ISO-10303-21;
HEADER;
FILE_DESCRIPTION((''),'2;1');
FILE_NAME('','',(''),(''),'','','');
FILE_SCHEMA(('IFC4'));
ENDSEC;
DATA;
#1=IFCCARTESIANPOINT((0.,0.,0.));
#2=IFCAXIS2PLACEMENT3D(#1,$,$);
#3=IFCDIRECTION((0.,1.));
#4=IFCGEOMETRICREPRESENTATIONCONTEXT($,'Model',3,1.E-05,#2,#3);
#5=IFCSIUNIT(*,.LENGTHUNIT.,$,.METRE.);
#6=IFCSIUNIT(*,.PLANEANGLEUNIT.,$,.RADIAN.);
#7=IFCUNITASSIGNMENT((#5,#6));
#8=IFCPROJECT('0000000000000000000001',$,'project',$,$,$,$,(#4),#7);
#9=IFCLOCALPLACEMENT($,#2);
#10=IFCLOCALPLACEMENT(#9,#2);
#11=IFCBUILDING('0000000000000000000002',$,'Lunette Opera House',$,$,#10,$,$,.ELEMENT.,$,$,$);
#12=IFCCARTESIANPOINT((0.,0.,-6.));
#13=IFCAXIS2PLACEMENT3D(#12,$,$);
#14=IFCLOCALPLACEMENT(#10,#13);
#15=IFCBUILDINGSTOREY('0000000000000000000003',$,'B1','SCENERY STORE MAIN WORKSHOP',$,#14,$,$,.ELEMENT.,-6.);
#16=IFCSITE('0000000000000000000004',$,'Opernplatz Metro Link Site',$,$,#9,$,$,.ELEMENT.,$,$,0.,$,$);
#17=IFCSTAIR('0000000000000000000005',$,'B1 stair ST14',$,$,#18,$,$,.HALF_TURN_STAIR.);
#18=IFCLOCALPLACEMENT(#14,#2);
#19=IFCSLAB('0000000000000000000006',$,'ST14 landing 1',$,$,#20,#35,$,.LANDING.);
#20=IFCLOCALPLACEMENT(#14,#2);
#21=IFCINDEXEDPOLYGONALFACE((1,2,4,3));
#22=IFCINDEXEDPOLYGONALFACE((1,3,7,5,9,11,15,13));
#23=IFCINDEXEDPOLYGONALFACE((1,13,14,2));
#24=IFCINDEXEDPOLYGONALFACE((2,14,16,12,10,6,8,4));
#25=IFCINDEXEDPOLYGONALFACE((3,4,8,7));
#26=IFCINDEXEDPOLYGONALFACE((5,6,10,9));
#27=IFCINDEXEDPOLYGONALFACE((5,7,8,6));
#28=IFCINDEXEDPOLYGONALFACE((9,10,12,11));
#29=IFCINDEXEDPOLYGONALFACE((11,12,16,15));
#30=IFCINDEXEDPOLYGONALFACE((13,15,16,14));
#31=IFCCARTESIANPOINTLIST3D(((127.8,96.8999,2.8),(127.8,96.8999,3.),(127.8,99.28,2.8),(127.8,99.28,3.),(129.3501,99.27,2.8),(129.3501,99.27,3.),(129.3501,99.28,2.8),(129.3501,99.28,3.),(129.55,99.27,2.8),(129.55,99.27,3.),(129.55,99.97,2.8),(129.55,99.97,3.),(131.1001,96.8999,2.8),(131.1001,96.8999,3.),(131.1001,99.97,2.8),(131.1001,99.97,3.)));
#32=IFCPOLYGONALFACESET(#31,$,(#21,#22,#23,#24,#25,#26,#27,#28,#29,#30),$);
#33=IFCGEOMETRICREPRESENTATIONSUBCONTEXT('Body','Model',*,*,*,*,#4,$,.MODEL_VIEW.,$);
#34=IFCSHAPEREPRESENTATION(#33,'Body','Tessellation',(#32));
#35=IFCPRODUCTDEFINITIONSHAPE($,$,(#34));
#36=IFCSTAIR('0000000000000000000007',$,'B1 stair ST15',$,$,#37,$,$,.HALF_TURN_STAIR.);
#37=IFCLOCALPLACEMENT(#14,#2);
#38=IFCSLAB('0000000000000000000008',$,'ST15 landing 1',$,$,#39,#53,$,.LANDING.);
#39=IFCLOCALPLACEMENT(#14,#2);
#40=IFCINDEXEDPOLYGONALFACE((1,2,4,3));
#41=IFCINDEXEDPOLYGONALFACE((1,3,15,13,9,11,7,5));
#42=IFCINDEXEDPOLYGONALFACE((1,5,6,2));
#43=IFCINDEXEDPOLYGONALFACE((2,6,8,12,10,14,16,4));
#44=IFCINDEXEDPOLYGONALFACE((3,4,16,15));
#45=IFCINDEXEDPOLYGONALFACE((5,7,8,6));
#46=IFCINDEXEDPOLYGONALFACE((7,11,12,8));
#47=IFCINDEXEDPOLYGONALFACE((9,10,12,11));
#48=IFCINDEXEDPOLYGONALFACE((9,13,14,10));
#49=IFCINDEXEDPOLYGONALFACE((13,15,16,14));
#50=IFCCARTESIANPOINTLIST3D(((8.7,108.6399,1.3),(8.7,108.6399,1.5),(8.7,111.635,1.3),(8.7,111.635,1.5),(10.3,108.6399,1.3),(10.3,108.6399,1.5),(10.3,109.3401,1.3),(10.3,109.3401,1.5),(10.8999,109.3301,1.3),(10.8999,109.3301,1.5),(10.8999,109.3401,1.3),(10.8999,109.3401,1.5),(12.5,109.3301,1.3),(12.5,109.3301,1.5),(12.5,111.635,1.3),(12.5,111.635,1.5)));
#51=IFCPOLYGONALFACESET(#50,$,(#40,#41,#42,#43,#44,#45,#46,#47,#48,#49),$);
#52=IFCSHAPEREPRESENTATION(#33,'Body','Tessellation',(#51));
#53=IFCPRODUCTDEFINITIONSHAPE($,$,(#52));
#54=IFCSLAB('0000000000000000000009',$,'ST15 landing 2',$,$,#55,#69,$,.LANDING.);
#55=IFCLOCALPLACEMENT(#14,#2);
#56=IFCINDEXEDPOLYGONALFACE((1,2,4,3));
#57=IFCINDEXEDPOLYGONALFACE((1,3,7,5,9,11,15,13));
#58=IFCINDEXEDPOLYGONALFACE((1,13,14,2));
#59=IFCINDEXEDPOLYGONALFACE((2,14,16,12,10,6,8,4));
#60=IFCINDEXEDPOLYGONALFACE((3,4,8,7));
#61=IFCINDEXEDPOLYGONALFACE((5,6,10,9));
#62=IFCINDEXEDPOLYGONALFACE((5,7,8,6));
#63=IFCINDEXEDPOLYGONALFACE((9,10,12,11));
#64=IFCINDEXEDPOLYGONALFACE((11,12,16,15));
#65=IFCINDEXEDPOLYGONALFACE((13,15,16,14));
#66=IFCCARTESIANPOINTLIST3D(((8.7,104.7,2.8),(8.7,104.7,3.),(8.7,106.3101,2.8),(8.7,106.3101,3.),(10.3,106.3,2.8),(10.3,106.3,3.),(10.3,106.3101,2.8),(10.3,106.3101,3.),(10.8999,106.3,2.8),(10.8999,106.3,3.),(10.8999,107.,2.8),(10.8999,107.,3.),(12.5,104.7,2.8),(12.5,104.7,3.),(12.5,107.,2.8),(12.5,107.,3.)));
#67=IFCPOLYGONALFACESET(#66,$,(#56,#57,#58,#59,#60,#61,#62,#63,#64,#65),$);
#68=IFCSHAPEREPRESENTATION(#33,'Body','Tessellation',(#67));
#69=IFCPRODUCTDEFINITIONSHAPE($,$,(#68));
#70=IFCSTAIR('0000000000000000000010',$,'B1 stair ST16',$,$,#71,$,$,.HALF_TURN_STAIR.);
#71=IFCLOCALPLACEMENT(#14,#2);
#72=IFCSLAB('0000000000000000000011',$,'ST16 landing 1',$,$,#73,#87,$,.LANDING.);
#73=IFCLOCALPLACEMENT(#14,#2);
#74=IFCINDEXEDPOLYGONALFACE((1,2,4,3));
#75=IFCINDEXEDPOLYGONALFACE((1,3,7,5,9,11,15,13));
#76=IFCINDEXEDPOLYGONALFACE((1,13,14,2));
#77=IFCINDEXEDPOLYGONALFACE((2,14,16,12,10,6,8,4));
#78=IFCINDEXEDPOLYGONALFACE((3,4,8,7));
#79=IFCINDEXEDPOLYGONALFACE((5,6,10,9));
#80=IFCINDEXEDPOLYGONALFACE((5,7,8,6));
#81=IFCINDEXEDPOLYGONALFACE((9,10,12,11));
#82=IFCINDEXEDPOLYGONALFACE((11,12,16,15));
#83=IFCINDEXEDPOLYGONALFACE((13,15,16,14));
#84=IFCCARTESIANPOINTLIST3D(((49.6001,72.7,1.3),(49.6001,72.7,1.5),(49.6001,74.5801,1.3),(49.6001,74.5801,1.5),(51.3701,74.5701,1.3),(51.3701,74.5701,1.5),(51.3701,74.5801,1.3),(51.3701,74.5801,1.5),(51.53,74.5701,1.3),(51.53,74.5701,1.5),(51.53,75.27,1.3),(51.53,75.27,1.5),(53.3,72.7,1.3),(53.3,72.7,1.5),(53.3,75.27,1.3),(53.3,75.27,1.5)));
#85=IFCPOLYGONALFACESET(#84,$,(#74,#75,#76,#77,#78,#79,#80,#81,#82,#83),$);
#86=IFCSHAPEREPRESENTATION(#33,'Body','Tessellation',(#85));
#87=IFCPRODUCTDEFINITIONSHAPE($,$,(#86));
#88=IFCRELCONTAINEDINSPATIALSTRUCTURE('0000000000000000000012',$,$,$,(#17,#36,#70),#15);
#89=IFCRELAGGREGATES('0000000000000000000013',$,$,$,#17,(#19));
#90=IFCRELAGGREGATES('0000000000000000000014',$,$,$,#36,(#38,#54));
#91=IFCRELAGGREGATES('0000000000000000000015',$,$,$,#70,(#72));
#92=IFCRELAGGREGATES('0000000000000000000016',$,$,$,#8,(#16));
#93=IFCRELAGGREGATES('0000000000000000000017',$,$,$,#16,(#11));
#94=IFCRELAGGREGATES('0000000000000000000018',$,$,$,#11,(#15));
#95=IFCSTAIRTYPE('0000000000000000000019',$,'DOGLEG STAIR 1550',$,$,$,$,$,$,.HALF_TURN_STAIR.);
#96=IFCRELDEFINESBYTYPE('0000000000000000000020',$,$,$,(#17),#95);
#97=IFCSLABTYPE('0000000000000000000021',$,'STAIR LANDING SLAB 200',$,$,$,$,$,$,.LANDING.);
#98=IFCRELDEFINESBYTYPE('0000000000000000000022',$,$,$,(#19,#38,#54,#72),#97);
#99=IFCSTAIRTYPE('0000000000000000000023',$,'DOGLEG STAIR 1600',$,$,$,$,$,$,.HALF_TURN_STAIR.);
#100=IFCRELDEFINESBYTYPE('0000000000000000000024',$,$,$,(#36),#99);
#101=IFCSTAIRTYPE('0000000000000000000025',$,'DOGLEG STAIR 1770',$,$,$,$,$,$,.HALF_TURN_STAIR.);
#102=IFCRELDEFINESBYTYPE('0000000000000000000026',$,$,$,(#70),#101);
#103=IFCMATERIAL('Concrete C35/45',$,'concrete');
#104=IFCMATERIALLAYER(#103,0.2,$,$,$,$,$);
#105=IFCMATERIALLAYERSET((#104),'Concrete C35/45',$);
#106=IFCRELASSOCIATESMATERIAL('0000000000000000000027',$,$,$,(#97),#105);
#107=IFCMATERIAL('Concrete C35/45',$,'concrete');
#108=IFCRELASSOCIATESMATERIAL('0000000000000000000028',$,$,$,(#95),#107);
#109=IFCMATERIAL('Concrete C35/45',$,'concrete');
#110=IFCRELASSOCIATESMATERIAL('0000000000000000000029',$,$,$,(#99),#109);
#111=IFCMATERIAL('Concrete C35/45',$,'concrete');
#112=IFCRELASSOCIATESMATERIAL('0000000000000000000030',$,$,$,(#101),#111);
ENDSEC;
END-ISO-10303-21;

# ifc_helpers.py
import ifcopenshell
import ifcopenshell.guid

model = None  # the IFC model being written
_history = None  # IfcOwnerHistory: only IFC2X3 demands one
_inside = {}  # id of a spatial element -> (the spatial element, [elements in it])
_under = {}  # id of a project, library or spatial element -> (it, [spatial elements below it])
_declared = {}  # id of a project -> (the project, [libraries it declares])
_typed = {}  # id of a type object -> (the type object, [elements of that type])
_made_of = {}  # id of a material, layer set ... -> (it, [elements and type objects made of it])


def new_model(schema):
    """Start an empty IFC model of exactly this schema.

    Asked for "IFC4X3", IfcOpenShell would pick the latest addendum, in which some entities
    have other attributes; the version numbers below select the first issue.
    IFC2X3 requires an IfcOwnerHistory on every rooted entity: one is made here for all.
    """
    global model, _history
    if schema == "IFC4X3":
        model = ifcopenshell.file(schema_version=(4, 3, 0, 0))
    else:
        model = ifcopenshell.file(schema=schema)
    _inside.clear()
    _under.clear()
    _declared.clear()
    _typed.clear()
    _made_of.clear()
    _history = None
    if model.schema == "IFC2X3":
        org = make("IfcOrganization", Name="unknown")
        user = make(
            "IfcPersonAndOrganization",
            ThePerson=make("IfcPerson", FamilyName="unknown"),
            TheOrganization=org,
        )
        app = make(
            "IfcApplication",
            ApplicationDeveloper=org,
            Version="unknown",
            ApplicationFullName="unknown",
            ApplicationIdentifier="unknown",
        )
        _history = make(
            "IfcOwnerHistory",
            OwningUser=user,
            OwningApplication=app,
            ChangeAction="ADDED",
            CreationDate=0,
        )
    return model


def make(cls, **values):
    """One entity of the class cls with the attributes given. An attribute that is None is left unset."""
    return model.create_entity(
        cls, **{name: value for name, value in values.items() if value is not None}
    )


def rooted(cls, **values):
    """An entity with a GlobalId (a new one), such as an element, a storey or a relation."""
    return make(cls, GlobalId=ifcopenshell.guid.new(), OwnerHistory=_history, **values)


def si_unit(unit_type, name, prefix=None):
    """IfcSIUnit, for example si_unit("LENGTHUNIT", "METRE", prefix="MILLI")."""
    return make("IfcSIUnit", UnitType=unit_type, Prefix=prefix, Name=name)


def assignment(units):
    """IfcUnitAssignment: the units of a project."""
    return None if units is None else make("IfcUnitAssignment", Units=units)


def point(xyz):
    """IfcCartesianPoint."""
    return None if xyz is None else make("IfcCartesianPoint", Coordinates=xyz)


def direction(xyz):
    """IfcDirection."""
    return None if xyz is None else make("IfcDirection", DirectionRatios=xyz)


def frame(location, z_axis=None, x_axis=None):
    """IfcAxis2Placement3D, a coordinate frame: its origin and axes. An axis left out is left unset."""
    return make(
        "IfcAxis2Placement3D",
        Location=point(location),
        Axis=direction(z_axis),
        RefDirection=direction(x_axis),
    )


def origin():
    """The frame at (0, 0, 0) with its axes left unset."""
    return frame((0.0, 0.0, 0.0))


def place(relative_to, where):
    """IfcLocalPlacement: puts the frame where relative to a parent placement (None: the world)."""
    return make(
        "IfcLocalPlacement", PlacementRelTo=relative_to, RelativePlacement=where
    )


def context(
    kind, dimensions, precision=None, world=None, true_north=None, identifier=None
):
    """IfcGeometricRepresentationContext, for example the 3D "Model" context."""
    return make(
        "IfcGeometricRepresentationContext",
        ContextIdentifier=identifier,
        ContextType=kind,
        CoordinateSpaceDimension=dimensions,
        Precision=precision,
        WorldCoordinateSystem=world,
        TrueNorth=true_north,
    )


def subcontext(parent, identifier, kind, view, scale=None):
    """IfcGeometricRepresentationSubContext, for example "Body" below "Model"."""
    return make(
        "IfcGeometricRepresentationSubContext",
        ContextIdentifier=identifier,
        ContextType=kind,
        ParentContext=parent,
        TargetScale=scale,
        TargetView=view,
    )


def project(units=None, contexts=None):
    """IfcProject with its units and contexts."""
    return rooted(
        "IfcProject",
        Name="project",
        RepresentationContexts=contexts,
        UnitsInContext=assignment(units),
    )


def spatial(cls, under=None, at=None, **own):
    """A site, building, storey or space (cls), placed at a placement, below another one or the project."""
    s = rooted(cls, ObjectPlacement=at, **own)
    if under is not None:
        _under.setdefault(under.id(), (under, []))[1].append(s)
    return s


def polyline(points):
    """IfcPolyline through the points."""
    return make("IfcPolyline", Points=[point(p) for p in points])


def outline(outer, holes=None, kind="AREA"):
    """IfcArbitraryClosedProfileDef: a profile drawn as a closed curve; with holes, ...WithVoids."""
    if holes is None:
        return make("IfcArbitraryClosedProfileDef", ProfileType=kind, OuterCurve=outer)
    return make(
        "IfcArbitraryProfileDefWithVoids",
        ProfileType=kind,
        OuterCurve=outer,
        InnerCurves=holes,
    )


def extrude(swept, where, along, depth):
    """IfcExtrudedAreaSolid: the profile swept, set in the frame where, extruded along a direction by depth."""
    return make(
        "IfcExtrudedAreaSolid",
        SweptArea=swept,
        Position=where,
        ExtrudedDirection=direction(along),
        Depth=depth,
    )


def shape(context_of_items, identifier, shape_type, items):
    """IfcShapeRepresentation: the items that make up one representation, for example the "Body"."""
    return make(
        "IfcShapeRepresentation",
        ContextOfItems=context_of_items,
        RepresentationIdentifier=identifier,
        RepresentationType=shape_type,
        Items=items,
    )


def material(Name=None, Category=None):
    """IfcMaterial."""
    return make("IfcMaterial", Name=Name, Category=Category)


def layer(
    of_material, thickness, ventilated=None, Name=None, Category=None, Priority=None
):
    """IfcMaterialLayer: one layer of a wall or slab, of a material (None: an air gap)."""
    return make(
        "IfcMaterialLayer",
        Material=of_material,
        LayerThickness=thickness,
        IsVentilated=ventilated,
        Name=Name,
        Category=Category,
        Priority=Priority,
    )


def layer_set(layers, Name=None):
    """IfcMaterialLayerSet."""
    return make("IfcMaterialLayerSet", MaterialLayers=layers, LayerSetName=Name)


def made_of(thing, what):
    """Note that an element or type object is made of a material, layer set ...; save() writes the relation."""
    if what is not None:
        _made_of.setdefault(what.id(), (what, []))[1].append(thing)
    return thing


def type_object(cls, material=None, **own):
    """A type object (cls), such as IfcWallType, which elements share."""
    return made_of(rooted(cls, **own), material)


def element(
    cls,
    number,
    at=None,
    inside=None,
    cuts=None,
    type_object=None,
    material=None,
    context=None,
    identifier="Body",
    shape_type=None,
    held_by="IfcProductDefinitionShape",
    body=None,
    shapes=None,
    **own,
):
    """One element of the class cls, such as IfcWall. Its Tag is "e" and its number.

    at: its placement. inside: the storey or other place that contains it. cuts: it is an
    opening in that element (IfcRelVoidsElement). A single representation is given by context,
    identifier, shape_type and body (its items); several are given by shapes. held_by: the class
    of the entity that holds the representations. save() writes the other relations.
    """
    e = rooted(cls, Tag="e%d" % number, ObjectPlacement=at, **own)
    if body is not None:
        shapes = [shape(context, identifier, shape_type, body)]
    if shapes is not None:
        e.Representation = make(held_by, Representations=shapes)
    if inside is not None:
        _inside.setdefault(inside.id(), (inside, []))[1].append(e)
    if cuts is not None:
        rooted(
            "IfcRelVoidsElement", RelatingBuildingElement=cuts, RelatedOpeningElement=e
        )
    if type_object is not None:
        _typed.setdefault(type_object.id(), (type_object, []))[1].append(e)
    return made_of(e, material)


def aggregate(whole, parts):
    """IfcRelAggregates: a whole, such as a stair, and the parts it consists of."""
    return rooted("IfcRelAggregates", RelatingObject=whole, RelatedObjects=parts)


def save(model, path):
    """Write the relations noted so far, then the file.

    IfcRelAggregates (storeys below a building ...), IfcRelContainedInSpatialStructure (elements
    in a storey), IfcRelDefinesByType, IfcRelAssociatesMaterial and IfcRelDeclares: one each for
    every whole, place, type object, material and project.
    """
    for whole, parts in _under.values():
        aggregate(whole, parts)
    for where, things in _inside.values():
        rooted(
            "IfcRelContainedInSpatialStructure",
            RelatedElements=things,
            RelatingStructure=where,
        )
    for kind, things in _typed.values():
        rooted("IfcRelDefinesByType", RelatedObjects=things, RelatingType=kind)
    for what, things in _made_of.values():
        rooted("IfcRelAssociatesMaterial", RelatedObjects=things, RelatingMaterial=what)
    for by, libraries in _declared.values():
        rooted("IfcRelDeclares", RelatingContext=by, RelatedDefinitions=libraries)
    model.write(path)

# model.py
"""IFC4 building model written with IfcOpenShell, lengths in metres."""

from ifc_helpers import new_model, si_unit, direction, frame, origin, place, context, subcontext, project, spatial, polyline, outline, extrude, material, layer, layer_set, type_object, element, aggregate, save


model = new_model("IFC4")

# Units and contexts
model_context = context("Model", 3, precision=1e-05, world=origin(), true_north=direction((0.0, 1.0)))
body_context = subcontext(model_context, "Body", "Model", "MODEL_VIEW")
ifc_project = project(units=[si_unit("LENGTHUNIT", "METRE"), si_unit("PLANEANGLEUNIT", "RADIAN")], contexts=[model_context])

# Site, building, storey
site_placement = place(None, origin())
site = spatial("IfcSite", under=ifc_project, at=site_placement, Name="Opernplatz Metro Link Site", CompositionType="ELEMENT", RefElevation=0.0)
building_placement = place(site_placement, origin())
building = spatial("IfcBuilding", under=site, at=building_placement, Name="Lunette Opera House", CompositionType="ELEMENT")
storey_placement = place(building_placement, frame((0.0, 0.0, -6.0)))
storey = spatial("IfcBuildingStorey", under=building, at=storey_placement, Name="B1", Description="SCENERY STORE MAIN WORKSHOP", CompositionType="ELEMENT", Elevation=-6.0)

# Stair, slab
ifc_material_1 = material(Name="Concrete C35/45", Category="concrete")
ifc_layer_1 = layer(ifc_material_1, 0.2)
ifc_layer_set_1 = layer_set([ifc_layer_1], Name="Concrete C35/45")
slab_type_1 = type_object("IfcSlabType", Name="STAIR LANDING SLAB 200", PredefinedType="LANDING", material=ifc_layer_set_1)
ifc_material_2 = material(Name="Concrete C35/45", Category="concrete")
stair_type_1 = type_object("IfcStairType", Name="DOGLEG STAIR 1550", PredefinedType="HALF_TURN_STAIR", material=ifc_material_2)
stair_1_placement = place(storey_placement, origin())
stair_1 = element("IfcStair", 1, at=stair_1_placement, inside=storey, type_object=stair_type_1, Name="B1 stair ST14", PredefinedType="HALF_TURN_STAIR")
slab_1_placement = place(storey_placement, frame((0.0, 0.0, 2.8)))
slab_1 = element("IfcSlab", 2, at=slab_1_placement, type_object=slab_type_1, Name="ST14 landing 1", PredefinedType="LANDING", context=body_context, shape_type="SweptSolid", body=[
    extrude(outline(polyline([(127.8, 96.8999), (127.8, 99.28), (129.3501, 99.28), (129.3501, 99.27), (129.55, 99.27), (129.55, 99.97), (131.1001, 99.97), (131.1001, 96.8999), (127.8, 96.8999)])), origin(), (0.0, 0.0, 1.0), 0.2),
])
aggregate(stair_1, [slab_1])

# Stair, slabs
ifc_material_3 = material(Name="Concrete C35/45", Category="concrete")
stair_type_2 = type_object("IfcStairType", Name="DOGLEG STAIR 1600", PredefinedType="HALF_TURN_STAIR", material=ifc_material_3)
stair_2_placement = place(storey_placement, origin())
stair_2 = element("IfcStair", 3, at=stair_2_placement, inside=storey, type_object=stair_type_2, Name="B1 stair ST15", PredefinedType="HALF_TURN_STAIR")
slab_2_placement = place(storey_placement, frame((0.0, 0.0, 1.3)))
slab_2 = element("IfcSlab", 4, at=slab_2_placement, type_object=slab_type_1, Name="ST15 landing 1", PredefinedType="LANDING", context=body_context, shape_type="SweptSolid", body=[
    extrude(outline(polyline([(12.5, 109.3301), (10.8999, 109.3301), (10.8999, 109.3401), (10.3, 109.3401), (10.3, 108.6399), (8.7, 108.6399), (8.7, 111.635), (12.5, 111.635), (12.5, 109.3301)])), origin(), (0.0, 0.0, 1.0), 0.2),
])
slab_3_placement = place(storey_placement, frame((0.0, 0.0, 2.8)))
slab_3 = element("IfcSlab", 5, at=slab_3_placement, type_object=slab_type_1, Name="ST15 landing 2", PredefinedType="LANDING", context=body_context, shape_type="SweptSolid", body=[
    extrude(outline(polyline([(8.7, 104.7), (8.7, 106.3101), (10.3, 106.3101), (10.3, 106.3), (10.8999, 106.3), (10.8999, 107.0), (12.5, 107.0), (12.5, 104.7), (8.7, 104.7)])), origin(), (0.0, 0.0, 1.0), 0.2),
])
aggregate(stair_2, [slab_2, slab_3])

# Stair, slab
ifc_material_4 = material(Name="Concrete C35/45", Category="concrete")
stair_type_3 = type_object("IfcStairType", Name="DOGLEG STAIR 1770", PredefinedType="HALF_TURN_STAIR", material=ifc_material_4)
stair_3_placement = place(storey_placement, origin())
stair_3 = element("IfcStair", 6, at=stair_3_placement, inside=storey, type_object=stair_type_3, Name="B1 stair ST16", PredefinedType="HALF_TURN_STAIR")
slab_4_placement = place(storey_placement, frame((0.0, 0.0, 1.3)))
slab_4 = element("IfcSlab", 7, at=slab_4_placement, type_object=slab_type_1, Name="ST16 landing 1", PredefinedType="LANDING", context=body_context, shape_type="SweptSolid", body=[
    extrude(outline(polyline([(49.6001, 72.7), (49.6001, 74.5801), (51.3701, 74.5801), (51.3701, 74.5701), (51.53, 74.5701), (51.53, 75.27), (53.3, 75.27), (53.3, 72.7), (49.6001, 72.7)])), origin(), (0.0, 0.0, 1.0), 0.2),
])
aggregate(stair_3, [slab_4])

save(model, "model.ifc")
